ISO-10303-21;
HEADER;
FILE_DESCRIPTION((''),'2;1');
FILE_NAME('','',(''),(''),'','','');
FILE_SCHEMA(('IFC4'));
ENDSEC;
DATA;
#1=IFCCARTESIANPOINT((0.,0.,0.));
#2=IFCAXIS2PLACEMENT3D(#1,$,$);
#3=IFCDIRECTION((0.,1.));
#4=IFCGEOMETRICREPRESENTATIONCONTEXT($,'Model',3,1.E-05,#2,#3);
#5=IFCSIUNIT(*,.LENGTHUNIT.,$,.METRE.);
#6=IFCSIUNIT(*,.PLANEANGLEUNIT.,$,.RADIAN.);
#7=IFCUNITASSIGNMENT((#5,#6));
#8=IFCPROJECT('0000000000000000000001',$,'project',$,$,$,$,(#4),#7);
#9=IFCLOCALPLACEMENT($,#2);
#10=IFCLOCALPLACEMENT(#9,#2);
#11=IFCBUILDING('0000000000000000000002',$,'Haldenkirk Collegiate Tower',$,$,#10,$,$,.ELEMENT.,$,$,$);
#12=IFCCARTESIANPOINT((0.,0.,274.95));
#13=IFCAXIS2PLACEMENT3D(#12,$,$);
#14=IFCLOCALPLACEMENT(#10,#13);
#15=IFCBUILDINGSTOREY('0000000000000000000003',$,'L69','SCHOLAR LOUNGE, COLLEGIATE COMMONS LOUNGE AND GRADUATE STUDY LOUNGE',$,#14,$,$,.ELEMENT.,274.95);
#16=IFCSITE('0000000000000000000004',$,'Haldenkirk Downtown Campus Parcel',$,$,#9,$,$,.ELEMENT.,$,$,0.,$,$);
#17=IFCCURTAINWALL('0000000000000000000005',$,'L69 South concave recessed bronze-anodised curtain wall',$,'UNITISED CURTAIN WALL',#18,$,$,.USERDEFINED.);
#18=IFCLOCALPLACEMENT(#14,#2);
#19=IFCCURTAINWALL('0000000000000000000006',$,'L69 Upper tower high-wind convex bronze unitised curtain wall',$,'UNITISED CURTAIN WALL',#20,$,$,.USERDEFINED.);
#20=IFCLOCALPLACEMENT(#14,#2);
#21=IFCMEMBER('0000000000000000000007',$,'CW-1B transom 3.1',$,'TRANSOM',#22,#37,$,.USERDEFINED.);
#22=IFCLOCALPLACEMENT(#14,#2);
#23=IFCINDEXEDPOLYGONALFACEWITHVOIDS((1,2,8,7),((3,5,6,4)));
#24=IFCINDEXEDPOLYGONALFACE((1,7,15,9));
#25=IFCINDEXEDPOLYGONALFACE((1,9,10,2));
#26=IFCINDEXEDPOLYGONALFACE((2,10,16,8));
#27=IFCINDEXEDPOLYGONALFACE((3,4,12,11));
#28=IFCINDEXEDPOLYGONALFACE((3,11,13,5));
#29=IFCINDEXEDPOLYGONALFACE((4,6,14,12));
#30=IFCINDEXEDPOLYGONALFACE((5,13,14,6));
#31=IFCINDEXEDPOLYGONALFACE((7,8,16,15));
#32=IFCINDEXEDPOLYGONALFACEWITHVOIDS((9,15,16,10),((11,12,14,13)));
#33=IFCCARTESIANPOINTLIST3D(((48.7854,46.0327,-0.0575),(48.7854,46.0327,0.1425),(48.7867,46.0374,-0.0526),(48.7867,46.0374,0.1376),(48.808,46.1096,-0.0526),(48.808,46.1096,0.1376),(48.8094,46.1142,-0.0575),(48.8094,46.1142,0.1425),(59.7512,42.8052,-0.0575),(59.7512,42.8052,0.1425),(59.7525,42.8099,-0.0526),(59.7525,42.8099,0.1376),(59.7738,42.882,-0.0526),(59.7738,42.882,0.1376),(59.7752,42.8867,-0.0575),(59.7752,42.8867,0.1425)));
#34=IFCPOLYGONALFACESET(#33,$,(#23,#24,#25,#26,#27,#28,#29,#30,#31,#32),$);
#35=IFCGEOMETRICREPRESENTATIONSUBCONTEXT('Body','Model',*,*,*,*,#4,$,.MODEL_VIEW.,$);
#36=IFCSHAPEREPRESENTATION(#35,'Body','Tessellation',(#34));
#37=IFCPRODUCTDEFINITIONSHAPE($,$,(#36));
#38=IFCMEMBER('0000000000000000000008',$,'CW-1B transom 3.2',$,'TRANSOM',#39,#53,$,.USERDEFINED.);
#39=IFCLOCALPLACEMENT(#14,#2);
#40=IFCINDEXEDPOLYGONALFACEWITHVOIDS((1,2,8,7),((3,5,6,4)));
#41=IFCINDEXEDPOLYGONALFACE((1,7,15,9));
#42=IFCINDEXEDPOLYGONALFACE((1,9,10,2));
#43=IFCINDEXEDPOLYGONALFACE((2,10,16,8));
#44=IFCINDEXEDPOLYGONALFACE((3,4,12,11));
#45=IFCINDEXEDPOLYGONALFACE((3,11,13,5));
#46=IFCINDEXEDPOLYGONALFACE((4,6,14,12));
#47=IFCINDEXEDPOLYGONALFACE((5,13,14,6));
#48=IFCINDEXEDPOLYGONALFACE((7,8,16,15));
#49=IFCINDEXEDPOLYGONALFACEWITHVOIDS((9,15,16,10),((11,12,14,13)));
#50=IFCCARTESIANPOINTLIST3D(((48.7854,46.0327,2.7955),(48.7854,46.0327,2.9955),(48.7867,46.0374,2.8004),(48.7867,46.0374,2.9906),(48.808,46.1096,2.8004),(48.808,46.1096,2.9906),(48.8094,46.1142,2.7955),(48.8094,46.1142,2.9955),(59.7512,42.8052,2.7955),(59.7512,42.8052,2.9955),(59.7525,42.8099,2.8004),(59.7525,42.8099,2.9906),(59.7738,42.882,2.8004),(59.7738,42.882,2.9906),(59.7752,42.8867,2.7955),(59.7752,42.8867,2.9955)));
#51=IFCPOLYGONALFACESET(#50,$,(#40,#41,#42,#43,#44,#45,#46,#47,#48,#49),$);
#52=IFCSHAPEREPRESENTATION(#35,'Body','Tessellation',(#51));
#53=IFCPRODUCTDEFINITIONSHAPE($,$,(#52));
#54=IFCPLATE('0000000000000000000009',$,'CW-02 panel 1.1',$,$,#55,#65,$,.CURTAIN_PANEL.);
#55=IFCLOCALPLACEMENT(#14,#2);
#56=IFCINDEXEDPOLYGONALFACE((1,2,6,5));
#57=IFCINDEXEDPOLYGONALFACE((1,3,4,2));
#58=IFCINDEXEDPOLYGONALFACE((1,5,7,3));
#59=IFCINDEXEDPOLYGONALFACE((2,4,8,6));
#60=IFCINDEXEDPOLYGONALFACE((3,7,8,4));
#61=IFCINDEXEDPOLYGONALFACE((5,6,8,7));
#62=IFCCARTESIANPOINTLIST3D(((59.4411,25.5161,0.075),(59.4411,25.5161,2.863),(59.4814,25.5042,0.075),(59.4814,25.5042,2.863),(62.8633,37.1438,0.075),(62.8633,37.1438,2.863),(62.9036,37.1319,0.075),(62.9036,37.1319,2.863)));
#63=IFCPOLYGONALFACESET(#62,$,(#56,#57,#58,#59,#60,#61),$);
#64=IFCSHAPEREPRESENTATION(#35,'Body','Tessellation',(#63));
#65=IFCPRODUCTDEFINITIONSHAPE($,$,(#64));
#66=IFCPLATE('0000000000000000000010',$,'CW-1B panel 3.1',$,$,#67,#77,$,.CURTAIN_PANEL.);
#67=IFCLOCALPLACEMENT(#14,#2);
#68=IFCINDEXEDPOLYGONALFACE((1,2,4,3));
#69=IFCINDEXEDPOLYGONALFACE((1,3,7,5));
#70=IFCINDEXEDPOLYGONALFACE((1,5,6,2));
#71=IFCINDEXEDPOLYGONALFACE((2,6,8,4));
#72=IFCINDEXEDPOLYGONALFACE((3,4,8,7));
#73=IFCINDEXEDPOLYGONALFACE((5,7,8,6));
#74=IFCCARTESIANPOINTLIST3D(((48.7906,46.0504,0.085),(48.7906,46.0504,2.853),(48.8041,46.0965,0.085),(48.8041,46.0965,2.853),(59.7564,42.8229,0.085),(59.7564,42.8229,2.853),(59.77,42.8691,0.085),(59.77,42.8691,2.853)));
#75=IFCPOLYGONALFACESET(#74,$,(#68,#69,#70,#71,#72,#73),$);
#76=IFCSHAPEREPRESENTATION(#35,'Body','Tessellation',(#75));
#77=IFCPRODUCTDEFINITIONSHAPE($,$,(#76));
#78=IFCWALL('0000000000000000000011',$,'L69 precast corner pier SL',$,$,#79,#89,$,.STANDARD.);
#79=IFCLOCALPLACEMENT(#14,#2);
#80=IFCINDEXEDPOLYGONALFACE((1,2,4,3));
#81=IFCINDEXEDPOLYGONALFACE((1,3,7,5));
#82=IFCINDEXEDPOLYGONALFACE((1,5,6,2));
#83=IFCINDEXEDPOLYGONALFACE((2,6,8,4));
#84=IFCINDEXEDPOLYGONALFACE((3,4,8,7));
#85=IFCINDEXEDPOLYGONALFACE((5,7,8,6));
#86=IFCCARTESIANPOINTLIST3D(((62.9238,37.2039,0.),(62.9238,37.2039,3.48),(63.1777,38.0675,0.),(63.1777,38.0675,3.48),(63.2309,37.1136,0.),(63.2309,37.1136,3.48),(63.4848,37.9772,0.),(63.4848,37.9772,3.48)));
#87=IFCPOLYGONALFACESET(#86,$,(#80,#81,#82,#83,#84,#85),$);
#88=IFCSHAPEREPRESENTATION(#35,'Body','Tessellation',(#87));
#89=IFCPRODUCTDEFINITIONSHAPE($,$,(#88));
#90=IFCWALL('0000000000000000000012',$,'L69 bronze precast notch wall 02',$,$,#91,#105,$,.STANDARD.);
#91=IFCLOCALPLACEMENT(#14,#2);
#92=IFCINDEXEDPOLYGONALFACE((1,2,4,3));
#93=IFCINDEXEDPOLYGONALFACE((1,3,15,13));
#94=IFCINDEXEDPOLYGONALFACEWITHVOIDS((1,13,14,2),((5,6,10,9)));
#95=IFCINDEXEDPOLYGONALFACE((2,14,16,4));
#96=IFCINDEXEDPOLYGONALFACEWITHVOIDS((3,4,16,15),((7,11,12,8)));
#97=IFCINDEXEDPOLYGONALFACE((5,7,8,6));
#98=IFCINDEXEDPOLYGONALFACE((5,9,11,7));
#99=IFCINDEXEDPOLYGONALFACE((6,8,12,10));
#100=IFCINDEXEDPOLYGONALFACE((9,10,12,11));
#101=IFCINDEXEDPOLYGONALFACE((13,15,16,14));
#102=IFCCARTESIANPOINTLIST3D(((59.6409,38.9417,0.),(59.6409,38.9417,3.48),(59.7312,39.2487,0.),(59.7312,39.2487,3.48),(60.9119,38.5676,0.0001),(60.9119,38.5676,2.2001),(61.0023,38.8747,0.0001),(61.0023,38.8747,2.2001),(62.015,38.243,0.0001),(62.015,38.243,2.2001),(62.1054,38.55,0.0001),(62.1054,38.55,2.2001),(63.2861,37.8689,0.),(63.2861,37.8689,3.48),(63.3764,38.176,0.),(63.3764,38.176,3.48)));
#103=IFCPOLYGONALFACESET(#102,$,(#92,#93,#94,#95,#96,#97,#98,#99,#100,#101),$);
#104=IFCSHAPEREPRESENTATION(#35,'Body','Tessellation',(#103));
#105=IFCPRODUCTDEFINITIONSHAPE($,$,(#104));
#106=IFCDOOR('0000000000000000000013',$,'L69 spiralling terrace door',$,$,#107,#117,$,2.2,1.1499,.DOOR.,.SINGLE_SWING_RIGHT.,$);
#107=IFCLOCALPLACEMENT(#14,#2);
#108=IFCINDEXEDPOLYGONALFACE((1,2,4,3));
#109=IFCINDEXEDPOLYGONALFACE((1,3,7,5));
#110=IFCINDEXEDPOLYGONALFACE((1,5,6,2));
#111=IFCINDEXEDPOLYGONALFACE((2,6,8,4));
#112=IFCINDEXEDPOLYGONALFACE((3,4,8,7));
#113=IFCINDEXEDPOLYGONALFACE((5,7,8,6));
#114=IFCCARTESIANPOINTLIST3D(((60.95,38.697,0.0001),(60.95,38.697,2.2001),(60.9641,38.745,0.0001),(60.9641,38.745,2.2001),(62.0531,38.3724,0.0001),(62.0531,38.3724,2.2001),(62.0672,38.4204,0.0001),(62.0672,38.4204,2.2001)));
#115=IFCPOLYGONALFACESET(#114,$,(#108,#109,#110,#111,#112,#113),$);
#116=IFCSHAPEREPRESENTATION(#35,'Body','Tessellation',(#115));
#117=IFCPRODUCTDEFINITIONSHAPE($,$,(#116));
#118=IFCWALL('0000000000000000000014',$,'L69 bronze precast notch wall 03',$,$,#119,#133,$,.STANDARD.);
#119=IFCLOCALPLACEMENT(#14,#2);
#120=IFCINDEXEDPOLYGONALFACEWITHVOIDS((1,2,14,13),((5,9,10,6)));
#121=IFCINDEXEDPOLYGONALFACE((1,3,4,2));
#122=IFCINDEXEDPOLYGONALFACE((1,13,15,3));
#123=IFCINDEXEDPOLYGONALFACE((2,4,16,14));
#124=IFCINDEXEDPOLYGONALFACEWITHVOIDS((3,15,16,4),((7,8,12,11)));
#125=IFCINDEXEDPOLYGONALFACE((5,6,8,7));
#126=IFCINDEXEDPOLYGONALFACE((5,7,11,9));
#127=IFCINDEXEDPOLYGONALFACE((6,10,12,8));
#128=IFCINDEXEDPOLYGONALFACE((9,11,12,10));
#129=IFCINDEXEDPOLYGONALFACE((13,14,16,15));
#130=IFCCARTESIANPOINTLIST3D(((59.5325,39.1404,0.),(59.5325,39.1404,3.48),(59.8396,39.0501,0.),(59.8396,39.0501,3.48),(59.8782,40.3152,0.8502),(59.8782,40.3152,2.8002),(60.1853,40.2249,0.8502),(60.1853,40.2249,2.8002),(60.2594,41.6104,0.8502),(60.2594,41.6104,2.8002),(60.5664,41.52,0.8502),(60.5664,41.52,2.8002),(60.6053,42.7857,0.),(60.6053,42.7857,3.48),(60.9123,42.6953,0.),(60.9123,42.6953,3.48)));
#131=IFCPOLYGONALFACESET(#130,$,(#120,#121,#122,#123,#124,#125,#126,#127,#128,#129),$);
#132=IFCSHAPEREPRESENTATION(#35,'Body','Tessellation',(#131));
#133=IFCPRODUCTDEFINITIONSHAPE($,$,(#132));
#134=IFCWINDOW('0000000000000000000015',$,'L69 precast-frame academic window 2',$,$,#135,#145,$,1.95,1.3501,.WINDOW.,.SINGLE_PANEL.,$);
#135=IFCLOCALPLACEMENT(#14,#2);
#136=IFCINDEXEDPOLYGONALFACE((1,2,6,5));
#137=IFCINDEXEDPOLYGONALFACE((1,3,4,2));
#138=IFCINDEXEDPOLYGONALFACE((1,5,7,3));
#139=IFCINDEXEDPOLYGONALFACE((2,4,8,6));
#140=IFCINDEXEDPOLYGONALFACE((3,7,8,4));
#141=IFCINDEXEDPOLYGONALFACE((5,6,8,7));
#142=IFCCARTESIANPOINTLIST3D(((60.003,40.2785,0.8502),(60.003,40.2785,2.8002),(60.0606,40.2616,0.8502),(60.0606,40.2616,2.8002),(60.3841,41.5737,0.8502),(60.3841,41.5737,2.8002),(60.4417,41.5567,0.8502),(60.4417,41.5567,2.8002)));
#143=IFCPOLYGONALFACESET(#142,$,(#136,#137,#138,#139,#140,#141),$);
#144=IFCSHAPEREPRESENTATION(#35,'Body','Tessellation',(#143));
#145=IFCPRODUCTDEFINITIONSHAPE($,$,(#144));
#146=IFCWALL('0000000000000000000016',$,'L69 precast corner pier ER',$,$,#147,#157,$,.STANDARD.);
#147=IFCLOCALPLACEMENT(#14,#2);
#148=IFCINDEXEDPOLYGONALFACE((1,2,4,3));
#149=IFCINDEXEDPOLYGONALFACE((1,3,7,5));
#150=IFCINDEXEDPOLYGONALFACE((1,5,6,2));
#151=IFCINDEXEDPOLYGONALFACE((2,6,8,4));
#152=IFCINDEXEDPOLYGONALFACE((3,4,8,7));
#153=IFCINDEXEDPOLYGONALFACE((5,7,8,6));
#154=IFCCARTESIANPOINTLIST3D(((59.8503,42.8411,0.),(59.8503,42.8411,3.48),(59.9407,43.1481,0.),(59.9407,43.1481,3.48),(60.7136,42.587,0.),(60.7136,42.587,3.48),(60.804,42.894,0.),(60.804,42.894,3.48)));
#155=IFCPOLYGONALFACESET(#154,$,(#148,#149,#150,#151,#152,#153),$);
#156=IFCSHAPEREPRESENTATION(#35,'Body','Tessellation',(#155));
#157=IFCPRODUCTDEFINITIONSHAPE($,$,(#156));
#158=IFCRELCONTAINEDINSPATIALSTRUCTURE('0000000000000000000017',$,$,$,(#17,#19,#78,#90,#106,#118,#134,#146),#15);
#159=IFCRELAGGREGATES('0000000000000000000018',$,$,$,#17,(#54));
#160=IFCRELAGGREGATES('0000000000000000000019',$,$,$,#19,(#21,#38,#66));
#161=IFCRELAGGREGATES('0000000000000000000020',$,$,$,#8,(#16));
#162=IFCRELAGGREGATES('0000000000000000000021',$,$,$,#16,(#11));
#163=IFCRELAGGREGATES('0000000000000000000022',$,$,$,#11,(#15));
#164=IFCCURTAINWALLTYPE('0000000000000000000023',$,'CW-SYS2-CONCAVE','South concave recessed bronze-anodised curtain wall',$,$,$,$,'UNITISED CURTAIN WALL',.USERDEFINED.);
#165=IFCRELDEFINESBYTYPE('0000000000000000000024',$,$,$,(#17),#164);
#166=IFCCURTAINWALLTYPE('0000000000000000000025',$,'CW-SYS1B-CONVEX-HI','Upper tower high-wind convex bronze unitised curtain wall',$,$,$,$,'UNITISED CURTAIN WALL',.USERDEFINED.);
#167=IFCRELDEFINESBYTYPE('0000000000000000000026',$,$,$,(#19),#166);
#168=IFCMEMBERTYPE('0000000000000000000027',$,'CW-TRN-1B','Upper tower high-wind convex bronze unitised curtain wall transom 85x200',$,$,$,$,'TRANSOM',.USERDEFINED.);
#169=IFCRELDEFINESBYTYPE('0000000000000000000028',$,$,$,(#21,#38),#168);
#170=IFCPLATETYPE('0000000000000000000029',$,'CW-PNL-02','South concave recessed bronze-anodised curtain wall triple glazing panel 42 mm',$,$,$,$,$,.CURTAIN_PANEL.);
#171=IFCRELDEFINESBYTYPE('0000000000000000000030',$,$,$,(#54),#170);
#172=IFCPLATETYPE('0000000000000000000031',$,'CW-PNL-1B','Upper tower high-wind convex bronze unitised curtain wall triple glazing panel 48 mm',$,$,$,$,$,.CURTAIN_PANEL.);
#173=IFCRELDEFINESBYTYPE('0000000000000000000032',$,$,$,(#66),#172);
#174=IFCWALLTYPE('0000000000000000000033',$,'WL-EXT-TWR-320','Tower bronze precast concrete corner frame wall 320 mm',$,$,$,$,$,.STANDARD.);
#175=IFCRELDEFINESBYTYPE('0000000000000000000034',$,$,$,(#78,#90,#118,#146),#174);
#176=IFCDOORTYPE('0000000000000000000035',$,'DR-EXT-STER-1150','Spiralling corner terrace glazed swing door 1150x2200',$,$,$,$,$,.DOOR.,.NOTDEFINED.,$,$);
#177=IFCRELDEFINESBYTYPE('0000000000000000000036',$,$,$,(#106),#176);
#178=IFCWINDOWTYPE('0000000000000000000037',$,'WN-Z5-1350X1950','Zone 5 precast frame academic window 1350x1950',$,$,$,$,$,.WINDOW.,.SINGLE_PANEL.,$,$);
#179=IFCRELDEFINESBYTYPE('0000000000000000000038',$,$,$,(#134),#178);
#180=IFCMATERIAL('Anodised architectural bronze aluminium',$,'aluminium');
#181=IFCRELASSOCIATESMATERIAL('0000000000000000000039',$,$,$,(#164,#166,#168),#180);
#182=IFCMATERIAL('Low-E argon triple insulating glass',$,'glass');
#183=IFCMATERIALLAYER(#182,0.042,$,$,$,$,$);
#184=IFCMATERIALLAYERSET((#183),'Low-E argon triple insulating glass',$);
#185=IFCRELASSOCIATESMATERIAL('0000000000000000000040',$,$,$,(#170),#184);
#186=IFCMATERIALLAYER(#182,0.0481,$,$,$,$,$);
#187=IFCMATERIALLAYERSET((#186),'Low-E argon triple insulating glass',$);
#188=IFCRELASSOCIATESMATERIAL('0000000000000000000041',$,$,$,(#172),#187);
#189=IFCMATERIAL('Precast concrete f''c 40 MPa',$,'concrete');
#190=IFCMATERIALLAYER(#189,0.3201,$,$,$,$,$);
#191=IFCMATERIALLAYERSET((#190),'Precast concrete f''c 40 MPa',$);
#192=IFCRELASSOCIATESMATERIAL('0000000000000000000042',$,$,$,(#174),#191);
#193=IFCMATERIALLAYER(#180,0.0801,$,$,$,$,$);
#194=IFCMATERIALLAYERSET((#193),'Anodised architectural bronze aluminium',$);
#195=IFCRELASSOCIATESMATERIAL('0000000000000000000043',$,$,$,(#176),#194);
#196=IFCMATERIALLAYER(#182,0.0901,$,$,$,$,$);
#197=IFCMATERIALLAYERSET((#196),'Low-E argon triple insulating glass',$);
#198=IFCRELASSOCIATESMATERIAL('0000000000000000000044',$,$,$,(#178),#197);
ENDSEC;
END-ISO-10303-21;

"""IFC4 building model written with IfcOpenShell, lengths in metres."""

from ifc_helpers import new_model, si_unit, direction, frame, frame_2d, origin, origin_2d, place, context, subcontext, project, spatial, rectangle, hollow_rectangle, extrude, source, transform, mapped, material, layer, layer_set, material_profile, profile_set, type_object, element, fill, aggregate, save


model = new_model("IFC4")

# Units and contexts
model_context = context("Model", 3, precision=1e-05, world=origin(), true_north=direction((0.0, 1.0)))
body_context = subcontext(model_context, "Body", "Model", "MODEL_VIEW")
ifc_project = project(units=[si_unit("LENGTHUNIT", "METRE"), si_unit("PLANEANGLEUNIT", "RADIAN")], contexts=[model_context])

# Site, building, storey
site_placement = place(None, origin())
site = spatial("IfcSite", under=ifc_project, at=site_placement, Name="Haldenkirk Downtown Campus Parcel", CompositionType="ELEMENT", RefElevation=0.0)
building_placement = place(site_placement, origin())
building = spatial("IfcBuilding", under=site, at=building_placement, Name="Haldenkirk Collegiate Tower", CompositionType="ELEMENT")
storey_placement = place(building_placement, frame((0.0, 0.0, 274.95)))
storey = spatial("IfcBuildingStorey", under=building, at=storey_placement, Name="L69", Description="SCHOLAR LOUNGE, COLLEGIATE COMMONS LOUNGE AND GRADUATE STUDY LOUNGE", CompositionType="ELEMENT", Elevation=274.95)

# Curtain walls
ifc_material_1 = material(Name="Anodised architectural bronze aluminium", Category="aluminium")
curtain_wall_type_1 = type_object("IfcCurtainWallType", Name="CW-SYS2-CONCAVE", Description="South concave recessed bronze-anodised curtain wall", ElementType="UNITISED CURTAIN WALL", PredefinedType="USERDEFINED", material=ifc_material_1)
curtain_wall_1_placement = place(storey_placement, origin())
curtain_wall_1 = element("IfcCurtainWall", 1, at=curtain_wall_1_placement, inside=storey, type_object=curtain_wall_type_1, Name="L69 South concave recessed bronze-anodised curtain wall", ObjectType="UNITISED CURTAIN WALL", PredefinedType="USERDEFINED")
curtain_wall_type_2 = type_object("IfcCurtainWallType", Name="CW-SYS1B-CONVEX-HI", Description="Upper tower high-wind convex bronze unitised curtain wall", ElementType="UNITISED CURTAIN WALL", PredefinedType="USERDEFINED", material=ifc_material_1)
curtain_wall_2_placement = place(storey_placement, origin())
curtain_wall_2 = element("IfcCurtainWall", 2, at=curtain_wall_2_placement, inside=storey, type_object=curtain_wall_type_2, Name="L69 Upper tower high-wind convex bronze unitised curtain wall", ObjectType="UNITISED CURTAIN WALL", PredefinedType="USERDEFINED")

# Members
ifc_material_profile_1 = material_profile(ifc_material_1, hollow_rectangle(XDim=0.085, YDim=0.2, WallThickness=0.0049, at=origin_2d()), Name="CW-TRN-1B")
ifc_profile_set_1 = profile_set([ifc_material_profile_1], Name="Anodised architectural bronze aluminium")
member_type_1 = type_object("IfcMemberType", Name="CW-TRN-1B", Description="Upper tower high-wind convex bronze unitised curtain wall transom 85x200", ElementType="TRANSOM", PredefinedType="USERDEFINED", material=ifc_profile_set_1)
member_1_placement = place(storey_placement, frame((48.7974, 46.0735, 0.0425), z_axis=(0.959311, -0.282351, 0.0), x_axis=(0.282351, 0.959311, 0.0)))
member_1 = element("IfcMember", 3, at=member_1_placement, type_object=member_type_1, Name="CW-1B transom 3.1", ObjectType="TRANSOM", PredefinedType="USERDEFINED", context=body_context, shape_type="SweptSolid", body=[
    extrude(hollow_rectangle(XDim=0.085, YDim=0.2, WallThickness=0.0049, at=origin_2d()), origin(), (0.0, 0.0, 1.0), 11.4309),
])
member_2_placement = place(storey_placement, frame((48.7974, 46.0735, 2.8955), z_axis=(0.959311, -0.282351, 0.0), x_axis=(0.282351, 0.959311, 0.0)))
member_2 = element("IfcMember", 4, at=member_2_placement, type_object=member_type_1, Name="CW-1B transom 3.2", ObjectType="TRANSOM", PredefinedType="USERDEFINED", context=body_context, shape_type="SweptSolid", body=[
    extrude(hollow_rectangle(XDim=0.085, YDim=0.2, WallThickness=0.0049, at=origin_2d()), origin(), (0.0, 0.0, 1.0), 11.4309),
])

# Plates
ifc_material_2 = material(Name="Low-E argon triple insulating glass", Category="glass")
ifc_layer_1 = layer(ifc_material_2, 0.042)
ifc_layer_set_1 = layer_set([ifc_layer_1], Name="Low-E argon triple insulating glass")
plate_type_1 = type_object("IfcPlateType", Name="CW-PNL-02", Description="South concave recessed bronze-anodised curtain wall triple glazing panel 42 mm", PredefinedType="CURTAIN_PANEL", material=ifc_layer_set_1)
shared_shape_1 = source(origin(), body_context, "Body", "SweptSolid", [
    extrude(rectangle(XDim=12.1208, YDim=0.042, at=origin_2d()), origin(), (0.0, 0.0, 1.0), 2.7881),
])
plate_1_placement = place(storey_placement, frame((61.1724, 31.324, 0.075), z_axis=(0.0, 0.0, 1.0), x_axis=(-0.282341, -0.959314, 0.0)))
plate_1 = element("IfcPlate", 5, at=plate_1_placement, type_object=plate_type_1, Name="CW-02 panel 1.1", PredefinedType="CURTAIN_PANEL", context=body_context, shape_type="MappedRepresentation", body=[
    mapped(shared_shape_1, transform((0.0, 0.0, 0.0), x_axis=(1.0, 0.0, 0.0), y_axis=(0.0, 1.0, 0.0), z_axis=(0.0, 0.0, 1.0), scale=1.0)),
])
aggregate(curtain_wall_1, [plate_1])
ifc_layer_2 = layer(ifc_material_2, 0.0481)
ifc_layer_set_2 = layer_set([ifc_layer_2], Name="Low-E argon triple insulating glass")
plate_type_2 = type_object("IfcPlateType", Name="CW-PNL-1B", Description="Upper tower high-wind convex bronze unitised curtain wall triple glazing panel 48 mm", PredefinedType="CURTAIN_PANEL", material=ifc_layer_set_2)
shared_shape_2 = source(origin(), body_context, "Body", "SweptSolid", [
    extrude(rectangle(XDim=11.4309, YDim=0.0481, at=origin_2d()), origin(), (0.0, 0.0, 1.0), 2.7681),
])
plate_2_placement = place(storey_placement, frame((54.2803, 44.4597, 0.085), z_axis=(0.0, 0.0, 1.0), x_axis=(0.959314, -0.282342, 0.0)))
plate_2 = element("IfcPlate", 6, at=plate_2_placement, type_object=plate_type_2, Name="CW-1B panel 3.1", PredefinedType="CURTAIN_PANEL", context=body_context, shape_type="MappedRepresentation", body=[
    mapped(shared_shape_2, transform((0.0, 0.0, 0.0), x_axis=(1.0, 0.0, 0.0), y_axis=(0.0, 1.0, 0.0), z_axis=(0.0, 0.0, 1.0), scale=1.0)),
])
aggregate(curtain_wall_2, [member_1, member_2, plate_2])

# Wall
ifc_material_3 = material(Name="Precast concrete f'c 40 MPa", Category="concrete")
ifc_layer_3 = layer(ifc_material_3, 0.3201)
ifc_layer_set_3 = layer_set([ifc_layer_3], Name="Precast concrete f'c 40 MPa")
wall_type_1 = type_object("IfcWallType", Name="WL-EXT-TWR-320", Description="Tower bronze precast concrete corner frame wall 320 mm", PredefinedType="STANDARD", material=ifc_layer_set_3)
wall_1_placement = place(storey_placement, frame((63.3313, 38.0225, 0.0), z_axis=(0.0, 0.0, 1.0), x_axis=(-0.282093, -0.959387, 0.0)))
element("IfcWall", 7, at=wall_1_placement, inside=storey, type_object=wall_type_1, Name="L69 precast corner pier SL", PredefinedType="STANDARD", context=body_context, shape_type="SweptSolid", body=[
    extrude(rectangle(XDim=0.9001, YDim=0.3201, at=frame_2d((0.4502, 0.0))), origin(), (0.0, 0.0, 1.0), 3.48),
])

# Wall, opening, door
wall_2_placement = place(storey_placement, frame((59.686, 39.0952, 0.0), z_axis=(0.0, 0.0, 1.0), x_axis=(0.959321, -0.282316, 0.0)))
wall_2 = element("IfcWall", 8, at=wall_2_placement, inside=storey, type_object=wall_type_1, Name="L69 bronze precast notch wall 02", PredefinedType="STANDARD", context=body_context, shape_type="SweptSolid", body=[
    extrude(rectangle(XDim=3.7998, YDim=0.3201, at=frame_2d((1.8999, 0.0))), origin(), (0.0, 0.0, 1.0), 3.48),
])
opening_1_placement = place(wall_2_placement, frame((1.325, 0.0, 0.0)))
opening_1 = element("IfcOpeningElement", 9, at=opening_1_placement, cuts=wall_2, PredefinedType="OPENING", context=body_context, shape_type="SweptSolid", body=[
    extrude(rectangle(XDim=1.1499, YDim=2.2, at=frame_2d((0.575, 1.1001))), frame((0.0, 0.1699, 0.0), z_axis=(0.0, -1.0, 0.0), x_axis=(1.0, 0.0, 0.0)), (0.0, 0.0, 1.0), 0.3401),
])
ifc_layer_4 = layer(ifc_material_1, 0.0801)
ifc_layer_set_4 = layer_set([ifc_layer_4], Name="Anodised architectural bronze aluminium")
door_type_1 = type_object("IfcDoorType", Name="DR-EXT-STER-1150", Description="Spiralling corner terrace glazed swing door 1150x2200", OperationType="NOTDEFINED", PredefinedType="DOOR", material=ifc_layer_set_4)
door_1_placement = place(opening_1_placement, origin())
door_1 = element("IfcDoor", 10, at=door_1_placement, inside=storey, type_object=door_type_1, Name="L69 spiralling terrace door", OperationType="SINGLE_SWING_RIGHT", OverallHeight=2.2, OverallWidth=1.1499, PredefinedType="DOOR", context=body_context, shape_type="SweptSolid", body=[
    extrude(rectangle(XDim=1.1499, YDim=2.2, at=frame_2d((0.575, 1.1001))), frame((0.0, 0.0249, 0.0), z_axis=(0.0, -1.0, 0.0), x_axis=(1.0, 0.0, 0.0)), (0.0, 0.0, 1.0), 0.05),
])
fill(opening_1, door_1)

# Wall, opening, window
wall_3_placement = place(storey_placement, frame((60.7588, 42.7405, 0.0), z_axis=(0.0, 0.0, 1.0), x_axis=(-0.282316, -0.959321, 0.0)))
wall_3 = element("IfcWall", 11, at=wall_3_placement, inside=storey, type_object=wall_type_1, Name="L69 bronze precast notch wall 03", PredefinedType="STANDARD", context=body_context, shape_type="SweptSolid", body=[
    extrude(rectangle(XDim=3.7998, YDim=0.3201, at=frame_2d((1.8999, 0.0))), origin(), (0.0, 0.0, 1.0), 3.48),
])
opening_2_placement = place(wall_3_placement, frame((1.2251, 0.0, 0.8501)))
opening_2 = element("IfcOpeningElement", 12, at=opening_2_placement, cuts=wall_3, PredefinedType="OPENING", context=body_context, shape_type="SweptSolid", body=[
    extrude(rectangle(XDim=1.3501, YDim=1.95, at=frame_2d((0.675, 0.9751))), frame((0.0, 0.1699, 0.0), z_axis=(0.0, -1.0, 0.0), x_axis=(1.0, 0.0, 0.0)), (0.0, 0.0, 1.0), 0.3401),
])
ifc_layer_5 = layer(ifc_material_2, 0.0901)
ifc_layer_set_5 = layer_set([ifc_layer_5], Name="Low-E argon triple insulating glass")
window_type = type_object("IfcWindowType", Name="WN-Z5-1350X1950", Description="Zone 5 precast frame academic window 1350x1950", PartitioningType="SINGLE_PANEL", PredefinedType="WINDOW", material=ifc_layer_set_5)
window_placement = place(opening_2_placement, origin())
window = element("IfcWindow", 13, at=window_placement, inside=storey, type_object=window_type, Name="L69 precast-frame academic window 2", OverallHeight=1.95, OverallWidth=1.3501, PartitioningType="SINGLE_PANEL", PredefinedType="WINDOW", context=body_context, shape_type="SweptSolid", body=[
    extrude(rectangle(XDim=1.3501, YDim=1.95, at=frame_2d((0.675, 0.9751))), frame((0.0, 0.03, 0.0), z_axis=(0.0, -1.0, 0.0), x_axis=(1.0, 0.0, 0.0)), (0.0, 0.0, 1.0), 0.0601),
])
fill(opening_2, window)

# Wall
wall_4_placement = place(storey_placement, frame((59.8955, 42.9946, 0.0), z_axis=(0.0, 0.0, 1.0), x_axis=(0.959292, -0.282416, 0.0)))
element("IfcWall", 14, at=wall_4_placement, inside=storey, type_object=wall_type_1, Name="L69 precast corner pier ER", PredefinedType="STANDARD", context=body_context, shape_type="SweptSolid", body=[
    extrude(rectangle(XDim=0.8999, YDim=0.3201, at=frame_2d((0.45, 0.0))), origin(), (0.0, 0.0, 1.0), 3.48),
])

save(model, "model.ifc")
